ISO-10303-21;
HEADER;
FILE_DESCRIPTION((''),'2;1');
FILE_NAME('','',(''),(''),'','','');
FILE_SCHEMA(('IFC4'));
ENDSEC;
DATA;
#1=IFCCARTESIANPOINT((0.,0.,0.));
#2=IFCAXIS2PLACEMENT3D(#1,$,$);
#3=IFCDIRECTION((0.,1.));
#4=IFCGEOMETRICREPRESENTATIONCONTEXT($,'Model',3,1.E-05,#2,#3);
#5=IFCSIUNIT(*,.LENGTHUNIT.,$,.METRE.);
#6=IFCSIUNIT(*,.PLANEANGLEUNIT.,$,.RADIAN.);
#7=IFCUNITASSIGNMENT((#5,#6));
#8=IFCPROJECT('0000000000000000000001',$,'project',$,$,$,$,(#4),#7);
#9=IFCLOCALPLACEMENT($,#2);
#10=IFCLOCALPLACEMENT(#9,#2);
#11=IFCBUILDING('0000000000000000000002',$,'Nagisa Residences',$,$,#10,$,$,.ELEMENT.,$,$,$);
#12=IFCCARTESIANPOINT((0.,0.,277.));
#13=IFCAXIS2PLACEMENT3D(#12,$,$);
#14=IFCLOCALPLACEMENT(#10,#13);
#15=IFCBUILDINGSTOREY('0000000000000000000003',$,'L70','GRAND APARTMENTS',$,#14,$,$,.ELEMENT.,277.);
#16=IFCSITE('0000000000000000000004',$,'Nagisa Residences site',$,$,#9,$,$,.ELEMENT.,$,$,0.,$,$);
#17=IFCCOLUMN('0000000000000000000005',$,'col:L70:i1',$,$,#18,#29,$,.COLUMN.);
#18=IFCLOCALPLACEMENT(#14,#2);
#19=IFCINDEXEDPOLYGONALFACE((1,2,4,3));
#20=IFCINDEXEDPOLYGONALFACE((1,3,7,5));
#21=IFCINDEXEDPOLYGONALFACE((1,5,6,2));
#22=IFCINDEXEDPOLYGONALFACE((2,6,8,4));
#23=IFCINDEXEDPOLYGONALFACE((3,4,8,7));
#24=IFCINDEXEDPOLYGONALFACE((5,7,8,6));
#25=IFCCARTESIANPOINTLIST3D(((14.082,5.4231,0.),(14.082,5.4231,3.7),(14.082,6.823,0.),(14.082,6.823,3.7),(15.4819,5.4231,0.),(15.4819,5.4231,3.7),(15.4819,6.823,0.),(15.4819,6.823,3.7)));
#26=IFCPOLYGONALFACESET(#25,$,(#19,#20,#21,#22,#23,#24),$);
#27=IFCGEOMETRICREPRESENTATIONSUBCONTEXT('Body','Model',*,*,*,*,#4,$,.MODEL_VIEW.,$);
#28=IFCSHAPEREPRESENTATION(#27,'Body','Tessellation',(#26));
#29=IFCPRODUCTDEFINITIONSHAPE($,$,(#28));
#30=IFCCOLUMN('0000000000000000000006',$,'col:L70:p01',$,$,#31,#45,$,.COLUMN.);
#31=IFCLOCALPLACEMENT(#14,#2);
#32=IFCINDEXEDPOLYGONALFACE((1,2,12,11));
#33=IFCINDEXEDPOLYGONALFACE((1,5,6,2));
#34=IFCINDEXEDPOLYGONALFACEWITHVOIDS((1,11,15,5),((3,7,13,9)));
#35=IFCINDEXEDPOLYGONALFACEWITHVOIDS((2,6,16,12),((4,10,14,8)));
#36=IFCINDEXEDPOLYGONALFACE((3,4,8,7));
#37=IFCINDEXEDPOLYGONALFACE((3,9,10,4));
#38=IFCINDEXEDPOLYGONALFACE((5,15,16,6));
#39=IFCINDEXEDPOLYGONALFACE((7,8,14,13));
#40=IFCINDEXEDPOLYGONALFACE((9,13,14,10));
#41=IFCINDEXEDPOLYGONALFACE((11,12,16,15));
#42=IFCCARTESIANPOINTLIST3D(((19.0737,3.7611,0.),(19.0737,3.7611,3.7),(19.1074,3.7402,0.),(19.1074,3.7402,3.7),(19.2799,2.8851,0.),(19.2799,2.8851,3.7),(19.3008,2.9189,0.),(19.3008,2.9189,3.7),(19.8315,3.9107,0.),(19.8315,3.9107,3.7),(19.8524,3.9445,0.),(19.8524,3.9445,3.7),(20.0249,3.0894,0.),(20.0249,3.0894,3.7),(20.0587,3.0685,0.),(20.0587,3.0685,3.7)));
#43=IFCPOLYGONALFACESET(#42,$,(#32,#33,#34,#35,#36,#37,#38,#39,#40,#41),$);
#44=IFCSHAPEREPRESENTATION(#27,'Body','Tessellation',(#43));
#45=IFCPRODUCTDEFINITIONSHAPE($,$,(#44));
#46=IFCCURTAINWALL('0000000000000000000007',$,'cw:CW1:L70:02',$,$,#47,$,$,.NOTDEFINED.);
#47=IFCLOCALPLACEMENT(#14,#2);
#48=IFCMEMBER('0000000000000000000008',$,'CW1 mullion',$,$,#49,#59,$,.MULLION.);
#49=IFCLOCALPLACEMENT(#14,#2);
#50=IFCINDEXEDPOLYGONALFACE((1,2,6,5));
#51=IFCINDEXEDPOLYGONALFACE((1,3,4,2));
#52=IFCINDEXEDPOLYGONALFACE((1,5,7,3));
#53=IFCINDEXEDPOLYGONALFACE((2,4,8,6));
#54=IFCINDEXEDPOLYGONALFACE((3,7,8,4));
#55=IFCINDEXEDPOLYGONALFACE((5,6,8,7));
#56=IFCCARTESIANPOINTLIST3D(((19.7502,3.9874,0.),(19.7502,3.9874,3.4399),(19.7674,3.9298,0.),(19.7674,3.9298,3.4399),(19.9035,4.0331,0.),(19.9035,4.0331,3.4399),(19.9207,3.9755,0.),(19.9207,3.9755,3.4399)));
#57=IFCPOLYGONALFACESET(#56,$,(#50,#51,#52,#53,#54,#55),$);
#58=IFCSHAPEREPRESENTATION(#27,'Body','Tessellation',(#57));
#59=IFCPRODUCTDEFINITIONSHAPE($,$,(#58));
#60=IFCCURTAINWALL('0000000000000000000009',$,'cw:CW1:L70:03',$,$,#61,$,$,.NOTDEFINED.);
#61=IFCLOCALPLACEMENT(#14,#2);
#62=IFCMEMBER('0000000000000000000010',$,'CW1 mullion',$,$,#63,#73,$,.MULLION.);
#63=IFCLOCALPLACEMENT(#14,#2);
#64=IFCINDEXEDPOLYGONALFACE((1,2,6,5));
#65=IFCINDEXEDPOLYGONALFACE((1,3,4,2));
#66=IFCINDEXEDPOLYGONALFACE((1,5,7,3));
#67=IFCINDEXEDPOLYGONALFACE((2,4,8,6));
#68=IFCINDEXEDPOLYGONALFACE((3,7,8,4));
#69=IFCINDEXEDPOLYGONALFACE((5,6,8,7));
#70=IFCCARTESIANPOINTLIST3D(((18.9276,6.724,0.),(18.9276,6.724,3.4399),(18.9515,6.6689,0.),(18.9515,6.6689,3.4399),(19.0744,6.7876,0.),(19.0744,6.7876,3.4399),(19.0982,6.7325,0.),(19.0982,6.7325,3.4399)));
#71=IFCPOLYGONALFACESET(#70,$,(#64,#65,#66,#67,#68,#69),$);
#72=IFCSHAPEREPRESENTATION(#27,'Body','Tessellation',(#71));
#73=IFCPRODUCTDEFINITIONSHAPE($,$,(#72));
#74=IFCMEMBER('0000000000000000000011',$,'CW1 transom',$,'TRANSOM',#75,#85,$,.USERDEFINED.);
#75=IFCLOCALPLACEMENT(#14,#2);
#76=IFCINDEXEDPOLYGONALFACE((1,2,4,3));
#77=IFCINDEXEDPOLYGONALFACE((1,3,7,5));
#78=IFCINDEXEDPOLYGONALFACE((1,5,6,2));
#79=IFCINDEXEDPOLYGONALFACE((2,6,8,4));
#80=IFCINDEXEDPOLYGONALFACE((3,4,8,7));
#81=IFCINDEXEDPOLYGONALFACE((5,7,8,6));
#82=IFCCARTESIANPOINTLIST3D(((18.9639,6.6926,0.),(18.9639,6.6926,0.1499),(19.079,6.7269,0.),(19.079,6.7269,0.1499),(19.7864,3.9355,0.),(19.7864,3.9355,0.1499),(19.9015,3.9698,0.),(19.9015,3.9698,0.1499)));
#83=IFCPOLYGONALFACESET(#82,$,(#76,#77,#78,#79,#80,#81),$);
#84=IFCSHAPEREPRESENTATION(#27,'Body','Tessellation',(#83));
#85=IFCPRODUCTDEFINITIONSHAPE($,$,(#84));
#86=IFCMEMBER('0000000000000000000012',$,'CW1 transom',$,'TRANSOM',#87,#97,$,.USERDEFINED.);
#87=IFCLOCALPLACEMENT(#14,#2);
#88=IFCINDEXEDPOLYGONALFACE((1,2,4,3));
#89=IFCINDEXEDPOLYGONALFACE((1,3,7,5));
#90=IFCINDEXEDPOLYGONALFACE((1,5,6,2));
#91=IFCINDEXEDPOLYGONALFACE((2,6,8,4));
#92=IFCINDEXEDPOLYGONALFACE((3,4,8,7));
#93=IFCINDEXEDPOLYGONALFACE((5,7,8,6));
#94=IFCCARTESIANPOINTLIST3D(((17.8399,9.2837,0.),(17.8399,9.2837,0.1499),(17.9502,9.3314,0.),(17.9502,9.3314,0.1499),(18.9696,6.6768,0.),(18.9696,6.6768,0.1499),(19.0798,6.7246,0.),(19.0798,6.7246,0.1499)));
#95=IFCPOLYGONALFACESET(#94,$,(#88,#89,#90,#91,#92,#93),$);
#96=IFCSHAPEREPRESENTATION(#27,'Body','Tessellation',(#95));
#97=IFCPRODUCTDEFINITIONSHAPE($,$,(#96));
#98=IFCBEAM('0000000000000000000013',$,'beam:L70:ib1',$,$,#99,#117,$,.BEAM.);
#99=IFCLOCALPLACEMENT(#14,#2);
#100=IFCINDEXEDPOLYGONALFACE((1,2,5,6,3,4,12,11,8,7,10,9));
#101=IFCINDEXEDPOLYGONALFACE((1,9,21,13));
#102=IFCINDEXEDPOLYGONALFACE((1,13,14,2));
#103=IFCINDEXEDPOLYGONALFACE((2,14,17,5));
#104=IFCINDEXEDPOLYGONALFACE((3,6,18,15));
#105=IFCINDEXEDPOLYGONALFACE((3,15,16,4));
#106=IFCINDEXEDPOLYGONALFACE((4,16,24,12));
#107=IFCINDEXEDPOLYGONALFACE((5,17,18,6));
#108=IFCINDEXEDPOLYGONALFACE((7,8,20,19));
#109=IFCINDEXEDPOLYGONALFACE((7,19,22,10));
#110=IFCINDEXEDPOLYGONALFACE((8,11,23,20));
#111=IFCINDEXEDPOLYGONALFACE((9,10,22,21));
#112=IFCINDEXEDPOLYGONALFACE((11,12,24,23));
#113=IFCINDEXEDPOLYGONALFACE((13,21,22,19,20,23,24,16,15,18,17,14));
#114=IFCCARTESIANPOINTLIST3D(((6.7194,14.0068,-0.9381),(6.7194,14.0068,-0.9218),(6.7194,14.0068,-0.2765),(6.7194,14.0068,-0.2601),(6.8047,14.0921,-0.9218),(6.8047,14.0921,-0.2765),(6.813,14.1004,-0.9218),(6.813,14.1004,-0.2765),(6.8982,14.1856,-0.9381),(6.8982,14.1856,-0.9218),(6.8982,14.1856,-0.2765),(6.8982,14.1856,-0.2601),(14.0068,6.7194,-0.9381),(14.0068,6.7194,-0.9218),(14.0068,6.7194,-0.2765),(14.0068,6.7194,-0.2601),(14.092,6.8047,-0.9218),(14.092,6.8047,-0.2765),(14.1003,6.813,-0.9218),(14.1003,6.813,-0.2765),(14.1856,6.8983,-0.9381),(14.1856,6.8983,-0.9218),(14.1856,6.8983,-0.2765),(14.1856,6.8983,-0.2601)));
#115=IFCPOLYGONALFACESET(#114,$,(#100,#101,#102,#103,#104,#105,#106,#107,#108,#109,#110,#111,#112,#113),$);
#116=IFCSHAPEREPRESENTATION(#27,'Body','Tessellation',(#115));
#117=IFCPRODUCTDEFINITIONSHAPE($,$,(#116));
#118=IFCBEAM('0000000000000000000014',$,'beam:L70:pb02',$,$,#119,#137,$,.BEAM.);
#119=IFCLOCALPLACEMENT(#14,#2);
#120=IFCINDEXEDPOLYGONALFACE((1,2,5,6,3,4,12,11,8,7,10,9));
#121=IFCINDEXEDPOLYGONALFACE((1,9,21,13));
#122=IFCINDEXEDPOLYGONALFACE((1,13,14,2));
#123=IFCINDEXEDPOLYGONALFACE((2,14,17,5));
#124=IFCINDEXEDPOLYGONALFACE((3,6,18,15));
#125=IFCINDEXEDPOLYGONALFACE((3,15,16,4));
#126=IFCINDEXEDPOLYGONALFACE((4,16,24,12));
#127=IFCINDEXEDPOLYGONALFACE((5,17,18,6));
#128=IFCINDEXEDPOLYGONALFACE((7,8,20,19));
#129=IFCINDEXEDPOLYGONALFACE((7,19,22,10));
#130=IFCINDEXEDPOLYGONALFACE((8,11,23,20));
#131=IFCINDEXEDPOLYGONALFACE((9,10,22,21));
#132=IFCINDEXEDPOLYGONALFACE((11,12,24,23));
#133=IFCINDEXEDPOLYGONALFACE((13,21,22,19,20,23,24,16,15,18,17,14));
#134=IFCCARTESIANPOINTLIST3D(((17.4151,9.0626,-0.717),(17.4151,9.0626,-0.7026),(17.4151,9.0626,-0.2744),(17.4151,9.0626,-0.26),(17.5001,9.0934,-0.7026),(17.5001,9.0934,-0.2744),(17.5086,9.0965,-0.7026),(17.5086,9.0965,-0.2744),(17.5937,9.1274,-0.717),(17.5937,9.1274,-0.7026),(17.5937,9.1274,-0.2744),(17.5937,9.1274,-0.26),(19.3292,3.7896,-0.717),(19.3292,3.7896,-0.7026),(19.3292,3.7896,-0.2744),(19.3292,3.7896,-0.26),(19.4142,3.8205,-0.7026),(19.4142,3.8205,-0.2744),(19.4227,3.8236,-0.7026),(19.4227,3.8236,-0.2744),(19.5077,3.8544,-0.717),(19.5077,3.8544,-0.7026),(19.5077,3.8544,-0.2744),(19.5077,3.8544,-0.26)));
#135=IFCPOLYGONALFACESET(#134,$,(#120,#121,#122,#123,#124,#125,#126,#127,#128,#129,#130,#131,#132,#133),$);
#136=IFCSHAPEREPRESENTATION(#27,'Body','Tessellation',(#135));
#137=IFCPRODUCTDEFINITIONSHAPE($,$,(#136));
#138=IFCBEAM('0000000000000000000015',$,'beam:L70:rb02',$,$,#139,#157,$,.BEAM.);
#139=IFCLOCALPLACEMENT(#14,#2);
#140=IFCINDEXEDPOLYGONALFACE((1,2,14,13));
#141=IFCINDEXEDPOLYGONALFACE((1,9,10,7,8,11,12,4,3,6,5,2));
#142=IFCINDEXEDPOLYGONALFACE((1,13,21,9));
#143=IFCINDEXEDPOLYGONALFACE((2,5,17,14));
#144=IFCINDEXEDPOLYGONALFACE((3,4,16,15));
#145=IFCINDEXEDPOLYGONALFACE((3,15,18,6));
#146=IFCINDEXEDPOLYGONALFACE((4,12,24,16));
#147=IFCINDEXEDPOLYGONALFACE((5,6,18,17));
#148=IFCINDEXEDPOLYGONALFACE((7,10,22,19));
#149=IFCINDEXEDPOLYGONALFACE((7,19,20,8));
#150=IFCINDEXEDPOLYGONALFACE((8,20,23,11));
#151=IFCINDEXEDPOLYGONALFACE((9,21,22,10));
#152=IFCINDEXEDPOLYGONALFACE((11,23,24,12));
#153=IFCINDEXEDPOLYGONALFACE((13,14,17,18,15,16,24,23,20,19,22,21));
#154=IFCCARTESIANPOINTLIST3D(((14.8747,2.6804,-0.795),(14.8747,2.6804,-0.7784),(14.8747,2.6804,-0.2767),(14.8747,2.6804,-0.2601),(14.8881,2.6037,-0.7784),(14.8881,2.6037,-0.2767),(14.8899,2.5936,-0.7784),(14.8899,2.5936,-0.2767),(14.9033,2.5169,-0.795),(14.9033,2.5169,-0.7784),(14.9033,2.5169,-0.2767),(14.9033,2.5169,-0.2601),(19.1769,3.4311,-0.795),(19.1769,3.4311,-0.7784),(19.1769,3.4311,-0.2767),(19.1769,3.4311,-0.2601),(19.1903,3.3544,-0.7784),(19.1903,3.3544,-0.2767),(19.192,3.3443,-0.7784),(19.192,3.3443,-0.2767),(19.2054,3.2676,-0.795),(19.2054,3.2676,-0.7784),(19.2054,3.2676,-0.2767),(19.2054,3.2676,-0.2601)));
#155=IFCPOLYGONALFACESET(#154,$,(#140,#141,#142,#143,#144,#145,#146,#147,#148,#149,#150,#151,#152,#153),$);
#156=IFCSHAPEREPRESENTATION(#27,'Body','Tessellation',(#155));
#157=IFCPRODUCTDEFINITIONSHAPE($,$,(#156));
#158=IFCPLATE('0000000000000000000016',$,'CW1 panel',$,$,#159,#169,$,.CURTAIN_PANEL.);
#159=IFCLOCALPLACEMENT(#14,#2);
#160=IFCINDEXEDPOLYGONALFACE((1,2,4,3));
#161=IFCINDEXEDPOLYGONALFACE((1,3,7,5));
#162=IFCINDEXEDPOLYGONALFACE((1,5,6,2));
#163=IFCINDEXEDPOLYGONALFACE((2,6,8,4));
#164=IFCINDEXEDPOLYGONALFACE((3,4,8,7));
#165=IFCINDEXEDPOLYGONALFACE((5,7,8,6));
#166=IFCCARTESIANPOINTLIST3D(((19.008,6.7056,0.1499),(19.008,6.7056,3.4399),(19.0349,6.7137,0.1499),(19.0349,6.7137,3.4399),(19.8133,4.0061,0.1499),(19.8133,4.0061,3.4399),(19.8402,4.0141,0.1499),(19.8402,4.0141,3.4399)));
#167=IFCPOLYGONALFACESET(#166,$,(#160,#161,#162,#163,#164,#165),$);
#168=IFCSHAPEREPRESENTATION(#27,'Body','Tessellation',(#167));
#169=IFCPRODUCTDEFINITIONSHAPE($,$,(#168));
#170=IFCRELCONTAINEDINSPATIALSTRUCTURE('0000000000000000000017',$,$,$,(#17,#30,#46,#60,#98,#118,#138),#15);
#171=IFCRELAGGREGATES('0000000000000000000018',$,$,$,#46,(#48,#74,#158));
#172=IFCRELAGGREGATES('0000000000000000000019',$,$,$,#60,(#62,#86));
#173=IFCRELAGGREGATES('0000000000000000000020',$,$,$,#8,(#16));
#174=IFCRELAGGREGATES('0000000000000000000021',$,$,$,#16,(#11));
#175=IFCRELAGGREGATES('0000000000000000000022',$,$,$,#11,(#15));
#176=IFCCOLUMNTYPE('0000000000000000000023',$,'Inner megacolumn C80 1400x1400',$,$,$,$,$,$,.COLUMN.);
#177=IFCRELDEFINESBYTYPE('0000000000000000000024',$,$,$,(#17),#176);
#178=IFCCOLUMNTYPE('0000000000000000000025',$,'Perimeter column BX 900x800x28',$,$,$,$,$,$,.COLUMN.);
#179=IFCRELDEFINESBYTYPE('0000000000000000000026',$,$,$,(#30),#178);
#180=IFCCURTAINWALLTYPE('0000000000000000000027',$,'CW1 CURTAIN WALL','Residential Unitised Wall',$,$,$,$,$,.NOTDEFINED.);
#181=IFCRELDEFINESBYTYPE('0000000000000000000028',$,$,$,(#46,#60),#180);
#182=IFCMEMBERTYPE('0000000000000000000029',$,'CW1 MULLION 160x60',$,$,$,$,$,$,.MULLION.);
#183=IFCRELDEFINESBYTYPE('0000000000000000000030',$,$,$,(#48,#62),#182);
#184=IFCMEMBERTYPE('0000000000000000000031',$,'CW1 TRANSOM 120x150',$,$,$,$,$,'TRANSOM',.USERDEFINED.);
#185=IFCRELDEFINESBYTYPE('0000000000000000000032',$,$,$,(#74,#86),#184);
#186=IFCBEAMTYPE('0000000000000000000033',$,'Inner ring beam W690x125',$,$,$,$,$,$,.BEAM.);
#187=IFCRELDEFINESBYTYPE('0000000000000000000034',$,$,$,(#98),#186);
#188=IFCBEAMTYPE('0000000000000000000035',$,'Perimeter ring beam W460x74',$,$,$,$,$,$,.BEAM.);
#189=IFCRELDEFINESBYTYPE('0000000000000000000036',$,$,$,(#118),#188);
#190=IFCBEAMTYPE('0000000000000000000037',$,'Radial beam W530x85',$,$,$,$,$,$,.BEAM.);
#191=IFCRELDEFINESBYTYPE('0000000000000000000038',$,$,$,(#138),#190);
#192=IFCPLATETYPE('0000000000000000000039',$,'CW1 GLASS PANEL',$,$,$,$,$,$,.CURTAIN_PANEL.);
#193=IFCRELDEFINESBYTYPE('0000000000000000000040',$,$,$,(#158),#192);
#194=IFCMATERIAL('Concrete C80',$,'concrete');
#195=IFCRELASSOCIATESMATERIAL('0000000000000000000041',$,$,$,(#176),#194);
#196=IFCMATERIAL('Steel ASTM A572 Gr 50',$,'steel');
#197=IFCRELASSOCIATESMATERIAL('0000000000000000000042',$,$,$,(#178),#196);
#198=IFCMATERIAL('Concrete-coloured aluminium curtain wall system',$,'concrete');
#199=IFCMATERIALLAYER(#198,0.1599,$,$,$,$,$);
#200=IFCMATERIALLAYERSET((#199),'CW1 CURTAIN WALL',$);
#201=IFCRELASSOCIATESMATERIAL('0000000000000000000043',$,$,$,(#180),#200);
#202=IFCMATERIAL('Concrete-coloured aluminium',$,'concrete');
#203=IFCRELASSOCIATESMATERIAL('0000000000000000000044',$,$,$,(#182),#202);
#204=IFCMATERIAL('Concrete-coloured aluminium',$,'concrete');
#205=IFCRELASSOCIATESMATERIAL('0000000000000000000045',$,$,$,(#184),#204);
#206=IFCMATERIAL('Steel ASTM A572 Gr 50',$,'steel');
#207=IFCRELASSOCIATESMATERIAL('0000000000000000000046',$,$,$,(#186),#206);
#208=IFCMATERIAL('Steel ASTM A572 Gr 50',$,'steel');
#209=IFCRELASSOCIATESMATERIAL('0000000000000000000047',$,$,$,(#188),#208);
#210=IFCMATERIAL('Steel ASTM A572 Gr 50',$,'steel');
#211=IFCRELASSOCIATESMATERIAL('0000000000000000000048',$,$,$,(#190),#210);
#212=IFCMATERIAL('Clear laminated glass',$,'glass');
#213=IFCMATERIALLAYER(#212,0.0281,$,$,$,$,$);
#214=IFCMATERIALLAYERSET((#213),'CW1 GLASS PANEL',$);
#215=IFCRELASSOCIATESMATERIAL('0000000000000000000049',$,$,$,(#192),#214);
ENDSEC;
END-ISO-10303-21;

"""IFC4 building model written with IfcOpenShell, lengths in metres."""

from ifc_helpers import new_model, si_unit, direction, frame, origin, origin_2d, place, context, subcontext, project, spatial, rectangle, hollow_rectangle, i_section, extrude, material, layer, layer_set, material_profile, profile_set, type_object, element, aggregate, save


model = new_model("IFC4")

# Units and contexts
model_context = context("Model", 3, precision=1e-05, world=origin(), true_north=direction((0.0, 1.0)))
body_context = subcontext(model_context, "Body", "Model", "MODEL_VIEW")
ifc_project = project(units=[si_unit("LENGTHUNIT", "METRE"), si_unit("PLANEANGLEUNIT", "RADIAN")], contexts=[model_context])

# Site, building, storey
site_placement = place(None, origin())
site = spatial("IfcSite", under=ifc_project, at=site_placement, Name="Nagisa Residences site", CompositionType="ELEMENT", RefElevation=0.0)
building_placement = place(site_placement, origin())
building = spatial("IfcBuilding", under=site, at=building_placement, Name="Nagisa Residences", CompositionType="ELEMENT")
storey_placement = place(building_placement, frame((0.0, 0.0, 277.0)))
storey = spatial("IfcBuildingStorey", under=building, at=storey_placement, Name="L70", Description="GRAND APARTMENTS", CompositionType="ELEMENT", Elevation=277.0)

# Columns
ifc_material_1 = material(Name="Concrete C80", Category="concrete")
ifc_material_profile_1 = material_profile(ifc_material_1, rectangle(XDim=1.3999, YDim=1.3999, at=origin_2d()), Name="C80 1400x1400")
ifc_profile_set_1 = profile_set([ifc_material_profile_1], Name="Concrete C80")
column_type_1 = type_object("IfcColumnType", Name="Inner megacolumn C80 1400x1400", PredefinedType="COLUMN", material=ifc_profile_set_1)
column_1_placement = place(storey_placement, frame((14.782, 6.123, 0.0), z_axis=(0.0, 0.0, 1.0), x_axis=(1.0, 0.0, 0.0)))
element("IfcColumn", 1, at=column_1_placement, inside=storey, type_object=column_type_1, Name="col:L70:i1", PredefinedType="COLUMN", context=body_context, shape_type="SweptSolid", body=[
    extrude(rectangle(XDim=1.3999, YDim=1.3999, at=origin_2d()), origin(), (0.0, 0.0, 1.0), 3.7),
])
ifc_material_2 = material(Name="Steel ASTM A572 Gr 50", Category="steel")
ifc_material_profile_2 = material_profile(ifc_material_2, hollow_rectangle(XDim=0.8999, YDim=0.8, WallThickness=0.0281, at=origin_2d()), Name="BX 900x800x28")
ifc_profile_set_2 = profile_set([ifc_material_profile_2], Name="Steel ASTM A572 Gr 50")
column_type_2 = type_object("IfcColumnType", Name="Perimeter column BX 900x800x28", PredefinedType="COLUMN", material=ifc_profile_set_2)
column_2_placement = place(storey_placement, frame((19.5662, 3.4148, 0.0), z_axis=(0.0, 0.0, 1.0), x_axis=(-0.229202, 0.973379, 0.0)))
element("IfcColumn", 2, at=column_2_placement, inside=storey, type_object=column_type_2, Name="col:L70:p01", PredefinedType="COLUMN", context=body_context, shape_type="SweptSolid", body=[
    extrude(hollow_rectangle(XDim=0.8999, YDim=0.8, WallThickness=0.0281, at=origin_2d()), origin(), (0.0, 0.0, 1.0), 3.7),
])

# Curtain walls, members
ifc_material_3 = material(Name="Concrete-coloured aluminium curtain wall system", Category="concrete")
ifc_layer_1 = layer(ifc_material_3, 0.1599)
ifc_layer_set_1 = layer_set([ifc_layer_1], Name="CW1 CURTAIN WALL")
curtain_wall_type = type_object("IfcCurtainWallType", Name="CW1 CURTAIN WALL", Description="Residential Unitised Wall", PredefinedType="NOTDEFINED", material=ifc_layer_set_1)
curtain_wall_1_placement = place(storey_placement, origin())
curtain_wall_1 = element("IfcCurtainWall", 3, at=curtain_wall_1_placement, inside=storey, type_object=curtain_wall_type, Name="cw:CW1:L70:02", PredefinedType="NOTDEFINED")
ifc_material_4 = material(Name="Concrete-coloured aluminium", Category="concrete")
ifc_material_profile_3 = material_profile(ifc_material_4, rectangle(XDim=0.1599, YDim=0.0601, at=origin_2d()), Name="CW1 MULLION 160x60")
ifc_profile_set_3 = profile_set([ifc_material_profile_3], Name="Concrete-coloured aluminium")
member_type_1 = type_object("IfcMemberType", Name="CW1 MULLION 160x60", PredefinedType="MULLION", material=ifc_profile_set_3)
member_1_placement = place(storey_placement, frame((19.8354, 3.9814, 0.0), z_axis=(0.0, 0.0, 1.0), x_axis=(-0.958271, -0.28586, 0.0)))
member_1 = element("IfcMember", 4, at=member_1_placement, type_object=member_type_1, Name="CW1 mullion", PredefinedType="MULLION", context=body_context, shape_type="SweptSolid", body=[
    extrude(rectangle(XDim=0.1599, YDim=0.0601, at=origin_2d()), origin(), (0.0, 0.0, 1.0), 3.4399),
])
curtain_wall_2_placement = place(storey_placement, origin())
curtain_wall_2 = element("IfcCurtainWall", 5, at=curtain_wall_2_placement, inside=storey, type_object=curtain_wall_type, Name="cw:CW1:L70:03", PredefinedType="NOTDEFINED")
member_2_placement = place(storey_placement, frame((19.0129, 6.7283, 0.0), z_axis=(0.0, 0.0, 1.0), x_axis=(-0.917543, -0.397636, 0.0)))
member_2 = element("IfcMember", 6, at=member_2_placement, type_object=member_type_1, Name="CW1 mullion", PredefinedType="MULLION", context=body_context, shape_type="SweptSolid", body=[
    extrude(rectangle(XDim=0.1599, YDim=0.0601, at=origin_2d()), origin(), (0.0, 0.0, 1.0), 3.4399),
])

# Members
ifc_material_5 = material(Name="Concrete-coloured aluminium", Category="concrete")
ifc_material_profile_4 = material_profile(ifc_material_5, rectangle(XDim=0.1201, YDim=0.1499, at=origin_2d()), Name="CW1 TRANSOM 120x150")
ifc_profile_set_4 = profile_set([ifc_material_profile_4], Name="Concrete-coloured aluminium")
member_type_2 = type_object("IfcMemberType", Name="CW1 TRANSOM 120x150", ElementType="TRANSOM", PredefinedType="USERDEFINED", material=ifc_profile_set_4)
member_3_placement = place(storey_placement, frame((19.844, 3.9526, 0.075), z_axis=(-0.285876, 0.958267, 0.0), x_axis=(-0.958267, -0.285876, 0.0)))
member_3 = element("IfcMember", 7, at=member_3_placement, type_object=member_type_2, Name="CW1 transom", ObjectType="TRANSOM", PredefinedType="USERDEFINED", context=body_context, shape_type="SweptSolid", body=[
    extrude(rectangle(XDim=0.1201, YDim=0.1499, at=origin_2d()), origin(), (0.0, 0.0, 1.0), 2.8772),
])
member_4_placement = place(storey_placement, frame((19.0247, 6.7007, 0.075), z_axis=(-0.397598, 0.91756, 0.0), x_axis=(-0.91756, -0.397598, 0.0)))
member_4 = element("IfcMember", 8, at=member_4_placement, type_object=member_type_2, Name="CW1 transom", ObjectType="TRANSOM", PredefinedType="USERDEFINED", context=body_context, shape_type="SweptSolid", body=[
    extrude(rectangle(XDim=0.1201, YDim=0.1499, at=origin_2d()), origin(), (0.0, 0.0, 1.0), 2.8411),
])

# Beams
ifc_material_6 = material(Name="Steel ASTM A572 Gr 50", Category="steel")
ifc_material_profile_5 = material_profile(ifc_material_6, i_section(OverallWidth=0.2529, OverallDepth=0.678, WebThickness=0.0117, FlangeThickness=0.0164, at=origin_2d()), Name="W690x125")
ifc_profile_set_5 = profile_set([ifc_material_profile_5], Name="Steel ASTM A572 Gr 50")
beam_type_1 = type_object("IfcBeamType", Name="Inner ring beam W690x125", PredefinedType="BEAM", material=ifc_profile_set_5)
beam_1_placement = place(storey_placement, frame((14.0962, 6.8088, -0.5991), z_axis=(-0.707107, 0.707107, 0.0), x_axis=(-0.707107, -0.707107, 0.0)))
element("IfcBeam", 9, at=beam_1_placement, inside=storey, type_object=beam_type_1, Name="beam:L70:ib1", PredefinedType="BEAM", context=body_context, shape_type="SweptSolid", body=[
    extrude(i_section(OverallWidth=0.2529, OverallDepth=0.678, WebThickness=0.0117, FlangeThickness=0.0164, at=origin_2d()), origin(), (0.0, 0.0, 1.0), 10.3059),
])
ifc_material_7 = material(Name="Steel ASTM A572 Gr 50", Category="steel")
ifc_material_profile_6 = material_profile(ifc_material_7, i_section(OverallWidth=0.1899, OverallDepth=0.457, WebThickness=0.009, FlangeThickness=0.0144, at=origin_2d()), Name="W460x74")
ifc_profile_set_6 = profile_set([ifc_material_profile_6], Name="Steel ASTM A572 Gr 50")
beam_type_2 = type_object("IfcBeamType", Name="Perimeter ring beam W460x74", PredefinedType="BEAM", material=ifc_profile_set_6)
beam_2_placement = place(storey_placement, frame((19.4185, 3.822, -0.4885), z_axis=(-0.341212, 0.939986, 0.0), x_axis=(-0.939986, -0.341212, 0.0)))
element("IfcBeam", 10, at=beam_2_placement, inside=storey, type_object=beam_type_2, Name="beam:L70:pb02", PredefinedType="BEAM", context=body_context, shape_type="SweptSolid", body=[
    extrude(i_section(OverallWidth=0.1899, OverallDepth=0.457, WebThickness=0.009, FlangeThickness=0.0144, at=origin_2d()), origin(), (0.0, 0.0, 1.0), 5.6096),
])
ifc_material_8 = material(Name="Steel ASTM A572 Gr 50", Category="steel")
ifc_material_profile_7 = material_profile(ifc_material_8, i_section(OverallWidth=0.166, OverallDepth=0.5349, WebThickness=0.0103, FlangeThickness=0.0166, at=origin_2d()), Name="W530x85")
ifc_profile_set_7 = profile_set([ifc_material_profile_7], Name="Steel ASTM A572 Gr 50")
beam_type_3 = type_object("IfcBeamType", Name="Radial beam W530x85", PredefinedType="BEAM", material=ifc_profile_set_7)
beam_3_placement = place(storey_placement, frame((19.1912, 3.3494, -0.5276), z_axis=(-0.985114, -0.1719, 0.0), x_axis=(0.1719, -0.985114, 0.0)))
element("IfcBeam", 11, at=beam_3_placement, inside=storey, type_object=beam_type_3, Name="beam:L70:rb02", PredefinedType="BEAM", context=body_context, shape_type="SweptSolid", body=[
    extrude(i_section(OverallWidth=0.166, OverallDepth=0.5349, WebThickness=0.0103, FlangeThickness=0.0166, at=origin_2d()), origin(), (0.0, 0.0, 1.0), 4.3672),
])

# Plate
ifc_material_9 = material(Name="Clear laminated glass", Category="glass")
ifc_layer_2 = layer(ifc_material_9, 0.0281)
ifc_layer_set_2 = layer_set([ifc_layer_2], Name="CW1 GLASS PANEL")
plate_type = type_object("IfcPlateType", Name="CW1 GLASS PANEL", PredefinedType="CURTAIN_PANEL", material=ifc_layer_set_2)
plate_1_placement = place(storey_placement, frame((19.4241, 5.3599, 0.1499), z_axis=(0.0, 0.0, 1.0), x_axis=(-0.28586, 0.958271, 0.0)))
plate_1 = element("IfcPlate", 12, at=plate_1_placement, type_object=plate_type, Name="CW1 panel", PredefinedType="CURTAIN_PANEL", context=body_context, shape_type="SweptSolid", body=[
    extrude(rectangle(XDim=2.8171, YDim=0.0281, at=origin_2d()), origin(), (0.0, 0.0, 1.0), 3.29),
])
aggregate(curtain_wall_1, [member_1, member_3, plate_1])
aggregate(curtain_wall_2, [member_2, member_4])

save(model, "model.ifc")
